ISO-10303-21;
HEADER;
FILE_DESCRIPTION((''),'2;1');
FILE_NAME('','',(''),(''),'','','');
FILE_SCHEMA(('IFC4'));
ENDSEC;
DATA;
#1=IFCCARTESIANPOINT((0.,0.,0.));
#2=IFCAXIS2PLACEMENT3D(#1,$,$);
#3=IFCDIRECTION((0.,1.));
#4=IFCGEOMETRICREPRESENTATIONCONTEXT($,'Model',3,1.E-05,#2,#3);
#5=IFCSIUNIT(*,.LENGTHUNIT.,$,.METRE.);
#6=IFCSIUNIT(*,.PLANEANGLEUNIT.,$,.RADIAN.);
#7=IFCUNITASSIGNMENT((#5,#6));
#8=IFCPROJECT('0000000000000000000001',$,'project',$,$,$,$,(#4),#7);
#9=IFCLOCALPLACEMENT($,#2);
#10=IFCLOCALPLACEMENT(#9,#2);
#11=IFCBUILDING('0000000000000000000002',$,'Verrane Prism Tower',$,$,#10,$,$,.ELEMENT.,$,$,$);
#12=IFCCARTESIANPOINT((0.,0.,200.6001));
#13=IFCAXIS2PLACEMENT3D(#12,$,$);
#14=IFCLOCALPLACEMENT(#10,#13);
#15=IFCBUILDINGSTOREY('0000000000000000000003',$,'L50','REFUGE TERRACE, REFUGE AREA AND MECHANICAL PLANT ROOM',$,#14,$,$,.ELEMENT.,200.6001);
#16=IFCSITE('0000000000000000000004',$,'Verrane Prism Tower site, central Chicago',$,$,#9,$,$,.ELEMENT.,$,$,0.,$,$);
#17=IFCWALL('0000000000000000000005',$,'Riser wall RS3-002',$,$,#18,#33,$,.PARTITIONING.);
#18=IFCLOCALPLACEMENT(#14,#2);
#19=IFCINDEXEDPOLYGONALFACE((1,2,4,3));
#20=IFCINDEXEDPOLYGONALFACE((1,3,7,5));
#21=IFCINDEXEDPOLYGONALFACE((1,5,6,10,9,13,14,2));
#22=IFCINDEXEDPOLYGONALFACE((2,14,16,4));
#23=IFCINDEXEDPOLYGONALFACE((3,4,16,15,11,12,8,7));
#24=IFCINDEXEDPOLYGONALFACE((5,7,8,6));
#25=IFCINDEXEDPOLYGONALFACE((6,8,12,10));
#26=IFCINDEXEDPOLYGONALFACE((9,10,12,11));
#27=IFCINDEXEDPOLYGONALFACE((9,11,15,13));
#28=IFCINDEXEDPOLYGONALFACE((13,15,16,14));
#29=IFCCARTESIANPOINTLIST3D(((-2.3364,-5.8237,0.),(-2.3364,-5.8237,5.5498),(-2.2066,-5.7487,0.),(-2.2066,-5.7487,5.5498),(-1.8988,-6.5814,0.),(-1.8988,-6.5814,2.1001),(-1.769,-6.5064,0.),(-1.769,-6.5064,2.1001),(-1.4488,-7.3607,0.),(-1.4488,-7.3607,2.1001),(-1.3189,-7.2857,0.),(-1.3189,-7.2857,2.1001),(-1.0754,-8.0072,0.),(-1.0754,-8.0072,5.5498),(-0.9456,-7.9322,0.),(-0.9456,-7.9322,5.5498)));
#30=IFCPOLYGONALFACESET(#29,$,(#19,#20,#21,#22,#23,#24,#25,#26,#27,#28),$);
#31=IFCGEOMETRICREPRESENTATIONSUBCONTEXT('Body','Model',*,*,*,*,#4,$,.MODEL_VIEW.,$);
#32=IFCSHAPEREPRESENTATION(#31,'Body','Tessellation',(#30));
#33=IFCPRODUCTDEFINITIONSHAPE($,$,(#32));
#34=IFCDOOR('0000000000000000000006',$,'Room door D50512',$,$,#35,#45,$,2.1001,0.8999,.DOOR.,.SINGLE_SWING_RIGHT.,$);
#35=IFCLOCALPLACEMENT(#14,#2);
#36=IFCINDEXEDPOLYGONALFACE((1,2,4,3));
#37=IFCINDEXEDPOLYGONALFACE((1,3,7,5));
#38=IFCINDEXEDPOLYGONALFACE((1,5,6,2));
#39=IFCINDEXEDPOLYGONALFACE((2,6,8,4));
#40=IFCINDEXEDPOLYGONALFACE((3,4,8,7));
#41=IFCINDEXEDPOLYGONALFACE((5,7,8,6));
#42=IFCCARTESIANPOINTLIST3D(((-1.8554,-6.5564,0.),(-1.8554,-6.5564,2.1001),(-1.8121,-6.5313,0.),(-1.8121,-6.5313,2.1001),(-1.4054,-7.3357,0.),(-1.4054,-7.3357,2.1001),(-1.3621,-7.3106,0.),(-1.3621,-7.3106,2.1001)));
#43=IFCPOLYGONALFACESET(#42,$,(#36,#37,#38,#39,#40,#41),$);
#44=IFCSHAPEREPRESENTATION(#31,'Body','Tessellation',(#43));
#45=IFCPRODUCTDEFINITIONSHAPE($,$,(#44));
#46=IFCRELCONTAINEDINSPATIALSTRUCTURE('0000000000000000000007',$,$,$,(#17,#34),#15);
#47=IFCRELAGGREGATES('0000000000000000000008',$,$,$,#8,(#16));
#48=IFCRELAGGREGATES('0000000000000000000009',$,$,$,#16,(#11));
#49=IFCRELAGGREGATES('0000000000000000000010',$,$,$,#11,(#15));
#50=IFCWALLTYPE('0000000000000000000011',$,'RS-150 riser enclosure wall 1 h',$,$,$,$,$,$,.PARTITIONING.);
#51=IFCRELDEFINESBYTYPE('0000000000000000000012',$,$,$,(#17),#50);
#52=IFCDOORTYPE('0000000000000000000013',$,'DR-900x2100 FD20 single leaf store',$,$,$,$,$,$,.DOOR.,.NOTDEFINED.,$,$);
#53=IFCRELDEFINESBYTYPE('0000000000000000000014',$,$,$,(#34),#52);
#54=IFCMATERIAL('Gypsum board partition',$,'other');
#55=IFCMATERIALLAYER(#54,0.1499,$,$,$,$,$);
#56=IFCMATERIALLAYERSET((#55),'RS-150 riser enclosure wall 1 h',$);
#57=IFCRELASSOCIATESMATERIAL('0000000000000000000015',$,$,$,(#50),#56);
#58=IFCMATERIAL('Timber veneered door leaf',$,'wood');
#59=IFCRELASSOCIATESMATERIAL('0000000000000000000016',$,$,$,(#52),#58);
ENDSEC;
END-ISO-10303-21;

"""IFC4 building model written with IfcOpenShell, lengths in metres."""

from ifc_helpers import new_model, si_unit, direction, frame, frame_2d, origin, place, context, subcontext, project, spatial, rectangle, extrude, material, layer, layer_set, type_object, element, fill, save


model = new_model("IFC4")

# Units and contexts
model_context = context("Model", 3, precision=1e-05, world=origin(), true_north=direction((0.0, 1.0)))
body_context = subcontext(model_context, "Body", "Model", "MODEL_VIEW")
ifc_project = project(units=[si_unit("LENGTHUNIT", "METRE"), si_unit("PLANEANGLEUNIT", "RADIAN")], contexts=[model_context])

# Site, building, storey
site_placement = place(None, origin())
site = spatial("IfcSite", under=ifc_project, at=site_placement, Name="Verrane Prism Tower site, central Chicago", CompositionType="ELEMENT", RefElevation=0.0)
building_placement = place(site_placement, origin())
building = spatial("IfcBuilding", under=site, at=building_placement, Name="Verrane Prism Tower", CompositionType="ELEMENT")
storey_placement = place(building_placement, frame((0.0, 0.0, 200.6001)))
storey = spatial("IfcBuildingStorey", under=building, at=storey_placement, Name="L50", Description="REFUGE TERRACE, REFUGE AREA AND MECHANICAL PLANT ROOM", CompositionType="ELEMENT", Elevation=200.6001)

# Shared definitions
ifc_material_1 = material(Name="Gypsum board partition", Category="other")
ifc_layer_1 = layer(ifc_material_1, 0.1499)
ifc_layer_set_1 = layer_set([ifc_layer_1], Name="RS-150 riser enclosure wall 1 h")
wall_type_1 = type_object("IfcWallType", Name="RS-150 riser enclosure wall 1 h", PredefinedType="PARTITIONING", material=ifc_layer_set_1)

# Wall, opening, door
wall_1_placement = place(storey_placement, frame((-1.0105, -7.9697, 0.0), z_axis=(0.0, 0.0, 1.0), x_axis=(-0.500086, 0.865976, 0.0)))
wall_1 = element("IfcWall", 1, at=wall_1_placement, inside=storey, type_object=wall_type_1, Name="Riser wall RS3-002", PredefinedType="PARTITIONING", context=body_context, shape_type="SweptSolid", body=[
    extrude(rectangle(XDim=2.5215, YDim=0.1499, at=frame_2d((1.2607, 0.0))), origin(), (0.0, 0.0, 1.0), 5.5498),
])
opening_1_placement = place(wall_1_placement, frame((0.7466, 0.0, 0.0)))
opening_1 = element("IfcOpeningElement", 2, at=opening_1_placement, cuts=wall_1, PredefinedType="OPENING", context=body_context, shape_type="SweptSolid", body=[
    extrude(rectangle(XDim=0.8999, YDim=2.1001, at=frame_2d((0.45, 1.05))), frame((0.0, 0.085, 0.0), z_axis=(0.0, -1.0, 0.0), x_axis=(1.0, 0.0, 0.0)), (0.0, 0.0, 1.0), 0.1699),
])
ifc_material_2 = material(Name="Timber veneered door leaf", Category="wood")
door_type_1 = type_object("IfcDoorType", Name="DR-900x2100 FD20 single leaf store", OperationType="NOTDEFINED", PredefinedType="DOOR", material=ifc_material_2)
door_1_placement = place(opening_1_placement, origin())
door_1 = element("IfcDoor", 3, at=door_1_placement, inside=storey, type_object=door_type_1, Name="Room door D50512", OperationType="SINGLE_SWING_RIGHT", OverallHeight=2.1001, OverallWidth=0.8999, PredefinedType="DOOR", context=body_context, shape_type="SweptSolid", body=[
    extrude(rectangle(XDim=0.8999, YDim=2.1001, at=frame_2d((0.45, 1.05))), frame((0.0, 0.0249, 0.0), z_axis=(0.0, -1.0, 0.0), x_axis=(1.0, 0.0, 0.0)), (0.0, 0.0, 1.0), 0.05),
])
fill(opening_1, door_1)

save(model, "model.ifc")
